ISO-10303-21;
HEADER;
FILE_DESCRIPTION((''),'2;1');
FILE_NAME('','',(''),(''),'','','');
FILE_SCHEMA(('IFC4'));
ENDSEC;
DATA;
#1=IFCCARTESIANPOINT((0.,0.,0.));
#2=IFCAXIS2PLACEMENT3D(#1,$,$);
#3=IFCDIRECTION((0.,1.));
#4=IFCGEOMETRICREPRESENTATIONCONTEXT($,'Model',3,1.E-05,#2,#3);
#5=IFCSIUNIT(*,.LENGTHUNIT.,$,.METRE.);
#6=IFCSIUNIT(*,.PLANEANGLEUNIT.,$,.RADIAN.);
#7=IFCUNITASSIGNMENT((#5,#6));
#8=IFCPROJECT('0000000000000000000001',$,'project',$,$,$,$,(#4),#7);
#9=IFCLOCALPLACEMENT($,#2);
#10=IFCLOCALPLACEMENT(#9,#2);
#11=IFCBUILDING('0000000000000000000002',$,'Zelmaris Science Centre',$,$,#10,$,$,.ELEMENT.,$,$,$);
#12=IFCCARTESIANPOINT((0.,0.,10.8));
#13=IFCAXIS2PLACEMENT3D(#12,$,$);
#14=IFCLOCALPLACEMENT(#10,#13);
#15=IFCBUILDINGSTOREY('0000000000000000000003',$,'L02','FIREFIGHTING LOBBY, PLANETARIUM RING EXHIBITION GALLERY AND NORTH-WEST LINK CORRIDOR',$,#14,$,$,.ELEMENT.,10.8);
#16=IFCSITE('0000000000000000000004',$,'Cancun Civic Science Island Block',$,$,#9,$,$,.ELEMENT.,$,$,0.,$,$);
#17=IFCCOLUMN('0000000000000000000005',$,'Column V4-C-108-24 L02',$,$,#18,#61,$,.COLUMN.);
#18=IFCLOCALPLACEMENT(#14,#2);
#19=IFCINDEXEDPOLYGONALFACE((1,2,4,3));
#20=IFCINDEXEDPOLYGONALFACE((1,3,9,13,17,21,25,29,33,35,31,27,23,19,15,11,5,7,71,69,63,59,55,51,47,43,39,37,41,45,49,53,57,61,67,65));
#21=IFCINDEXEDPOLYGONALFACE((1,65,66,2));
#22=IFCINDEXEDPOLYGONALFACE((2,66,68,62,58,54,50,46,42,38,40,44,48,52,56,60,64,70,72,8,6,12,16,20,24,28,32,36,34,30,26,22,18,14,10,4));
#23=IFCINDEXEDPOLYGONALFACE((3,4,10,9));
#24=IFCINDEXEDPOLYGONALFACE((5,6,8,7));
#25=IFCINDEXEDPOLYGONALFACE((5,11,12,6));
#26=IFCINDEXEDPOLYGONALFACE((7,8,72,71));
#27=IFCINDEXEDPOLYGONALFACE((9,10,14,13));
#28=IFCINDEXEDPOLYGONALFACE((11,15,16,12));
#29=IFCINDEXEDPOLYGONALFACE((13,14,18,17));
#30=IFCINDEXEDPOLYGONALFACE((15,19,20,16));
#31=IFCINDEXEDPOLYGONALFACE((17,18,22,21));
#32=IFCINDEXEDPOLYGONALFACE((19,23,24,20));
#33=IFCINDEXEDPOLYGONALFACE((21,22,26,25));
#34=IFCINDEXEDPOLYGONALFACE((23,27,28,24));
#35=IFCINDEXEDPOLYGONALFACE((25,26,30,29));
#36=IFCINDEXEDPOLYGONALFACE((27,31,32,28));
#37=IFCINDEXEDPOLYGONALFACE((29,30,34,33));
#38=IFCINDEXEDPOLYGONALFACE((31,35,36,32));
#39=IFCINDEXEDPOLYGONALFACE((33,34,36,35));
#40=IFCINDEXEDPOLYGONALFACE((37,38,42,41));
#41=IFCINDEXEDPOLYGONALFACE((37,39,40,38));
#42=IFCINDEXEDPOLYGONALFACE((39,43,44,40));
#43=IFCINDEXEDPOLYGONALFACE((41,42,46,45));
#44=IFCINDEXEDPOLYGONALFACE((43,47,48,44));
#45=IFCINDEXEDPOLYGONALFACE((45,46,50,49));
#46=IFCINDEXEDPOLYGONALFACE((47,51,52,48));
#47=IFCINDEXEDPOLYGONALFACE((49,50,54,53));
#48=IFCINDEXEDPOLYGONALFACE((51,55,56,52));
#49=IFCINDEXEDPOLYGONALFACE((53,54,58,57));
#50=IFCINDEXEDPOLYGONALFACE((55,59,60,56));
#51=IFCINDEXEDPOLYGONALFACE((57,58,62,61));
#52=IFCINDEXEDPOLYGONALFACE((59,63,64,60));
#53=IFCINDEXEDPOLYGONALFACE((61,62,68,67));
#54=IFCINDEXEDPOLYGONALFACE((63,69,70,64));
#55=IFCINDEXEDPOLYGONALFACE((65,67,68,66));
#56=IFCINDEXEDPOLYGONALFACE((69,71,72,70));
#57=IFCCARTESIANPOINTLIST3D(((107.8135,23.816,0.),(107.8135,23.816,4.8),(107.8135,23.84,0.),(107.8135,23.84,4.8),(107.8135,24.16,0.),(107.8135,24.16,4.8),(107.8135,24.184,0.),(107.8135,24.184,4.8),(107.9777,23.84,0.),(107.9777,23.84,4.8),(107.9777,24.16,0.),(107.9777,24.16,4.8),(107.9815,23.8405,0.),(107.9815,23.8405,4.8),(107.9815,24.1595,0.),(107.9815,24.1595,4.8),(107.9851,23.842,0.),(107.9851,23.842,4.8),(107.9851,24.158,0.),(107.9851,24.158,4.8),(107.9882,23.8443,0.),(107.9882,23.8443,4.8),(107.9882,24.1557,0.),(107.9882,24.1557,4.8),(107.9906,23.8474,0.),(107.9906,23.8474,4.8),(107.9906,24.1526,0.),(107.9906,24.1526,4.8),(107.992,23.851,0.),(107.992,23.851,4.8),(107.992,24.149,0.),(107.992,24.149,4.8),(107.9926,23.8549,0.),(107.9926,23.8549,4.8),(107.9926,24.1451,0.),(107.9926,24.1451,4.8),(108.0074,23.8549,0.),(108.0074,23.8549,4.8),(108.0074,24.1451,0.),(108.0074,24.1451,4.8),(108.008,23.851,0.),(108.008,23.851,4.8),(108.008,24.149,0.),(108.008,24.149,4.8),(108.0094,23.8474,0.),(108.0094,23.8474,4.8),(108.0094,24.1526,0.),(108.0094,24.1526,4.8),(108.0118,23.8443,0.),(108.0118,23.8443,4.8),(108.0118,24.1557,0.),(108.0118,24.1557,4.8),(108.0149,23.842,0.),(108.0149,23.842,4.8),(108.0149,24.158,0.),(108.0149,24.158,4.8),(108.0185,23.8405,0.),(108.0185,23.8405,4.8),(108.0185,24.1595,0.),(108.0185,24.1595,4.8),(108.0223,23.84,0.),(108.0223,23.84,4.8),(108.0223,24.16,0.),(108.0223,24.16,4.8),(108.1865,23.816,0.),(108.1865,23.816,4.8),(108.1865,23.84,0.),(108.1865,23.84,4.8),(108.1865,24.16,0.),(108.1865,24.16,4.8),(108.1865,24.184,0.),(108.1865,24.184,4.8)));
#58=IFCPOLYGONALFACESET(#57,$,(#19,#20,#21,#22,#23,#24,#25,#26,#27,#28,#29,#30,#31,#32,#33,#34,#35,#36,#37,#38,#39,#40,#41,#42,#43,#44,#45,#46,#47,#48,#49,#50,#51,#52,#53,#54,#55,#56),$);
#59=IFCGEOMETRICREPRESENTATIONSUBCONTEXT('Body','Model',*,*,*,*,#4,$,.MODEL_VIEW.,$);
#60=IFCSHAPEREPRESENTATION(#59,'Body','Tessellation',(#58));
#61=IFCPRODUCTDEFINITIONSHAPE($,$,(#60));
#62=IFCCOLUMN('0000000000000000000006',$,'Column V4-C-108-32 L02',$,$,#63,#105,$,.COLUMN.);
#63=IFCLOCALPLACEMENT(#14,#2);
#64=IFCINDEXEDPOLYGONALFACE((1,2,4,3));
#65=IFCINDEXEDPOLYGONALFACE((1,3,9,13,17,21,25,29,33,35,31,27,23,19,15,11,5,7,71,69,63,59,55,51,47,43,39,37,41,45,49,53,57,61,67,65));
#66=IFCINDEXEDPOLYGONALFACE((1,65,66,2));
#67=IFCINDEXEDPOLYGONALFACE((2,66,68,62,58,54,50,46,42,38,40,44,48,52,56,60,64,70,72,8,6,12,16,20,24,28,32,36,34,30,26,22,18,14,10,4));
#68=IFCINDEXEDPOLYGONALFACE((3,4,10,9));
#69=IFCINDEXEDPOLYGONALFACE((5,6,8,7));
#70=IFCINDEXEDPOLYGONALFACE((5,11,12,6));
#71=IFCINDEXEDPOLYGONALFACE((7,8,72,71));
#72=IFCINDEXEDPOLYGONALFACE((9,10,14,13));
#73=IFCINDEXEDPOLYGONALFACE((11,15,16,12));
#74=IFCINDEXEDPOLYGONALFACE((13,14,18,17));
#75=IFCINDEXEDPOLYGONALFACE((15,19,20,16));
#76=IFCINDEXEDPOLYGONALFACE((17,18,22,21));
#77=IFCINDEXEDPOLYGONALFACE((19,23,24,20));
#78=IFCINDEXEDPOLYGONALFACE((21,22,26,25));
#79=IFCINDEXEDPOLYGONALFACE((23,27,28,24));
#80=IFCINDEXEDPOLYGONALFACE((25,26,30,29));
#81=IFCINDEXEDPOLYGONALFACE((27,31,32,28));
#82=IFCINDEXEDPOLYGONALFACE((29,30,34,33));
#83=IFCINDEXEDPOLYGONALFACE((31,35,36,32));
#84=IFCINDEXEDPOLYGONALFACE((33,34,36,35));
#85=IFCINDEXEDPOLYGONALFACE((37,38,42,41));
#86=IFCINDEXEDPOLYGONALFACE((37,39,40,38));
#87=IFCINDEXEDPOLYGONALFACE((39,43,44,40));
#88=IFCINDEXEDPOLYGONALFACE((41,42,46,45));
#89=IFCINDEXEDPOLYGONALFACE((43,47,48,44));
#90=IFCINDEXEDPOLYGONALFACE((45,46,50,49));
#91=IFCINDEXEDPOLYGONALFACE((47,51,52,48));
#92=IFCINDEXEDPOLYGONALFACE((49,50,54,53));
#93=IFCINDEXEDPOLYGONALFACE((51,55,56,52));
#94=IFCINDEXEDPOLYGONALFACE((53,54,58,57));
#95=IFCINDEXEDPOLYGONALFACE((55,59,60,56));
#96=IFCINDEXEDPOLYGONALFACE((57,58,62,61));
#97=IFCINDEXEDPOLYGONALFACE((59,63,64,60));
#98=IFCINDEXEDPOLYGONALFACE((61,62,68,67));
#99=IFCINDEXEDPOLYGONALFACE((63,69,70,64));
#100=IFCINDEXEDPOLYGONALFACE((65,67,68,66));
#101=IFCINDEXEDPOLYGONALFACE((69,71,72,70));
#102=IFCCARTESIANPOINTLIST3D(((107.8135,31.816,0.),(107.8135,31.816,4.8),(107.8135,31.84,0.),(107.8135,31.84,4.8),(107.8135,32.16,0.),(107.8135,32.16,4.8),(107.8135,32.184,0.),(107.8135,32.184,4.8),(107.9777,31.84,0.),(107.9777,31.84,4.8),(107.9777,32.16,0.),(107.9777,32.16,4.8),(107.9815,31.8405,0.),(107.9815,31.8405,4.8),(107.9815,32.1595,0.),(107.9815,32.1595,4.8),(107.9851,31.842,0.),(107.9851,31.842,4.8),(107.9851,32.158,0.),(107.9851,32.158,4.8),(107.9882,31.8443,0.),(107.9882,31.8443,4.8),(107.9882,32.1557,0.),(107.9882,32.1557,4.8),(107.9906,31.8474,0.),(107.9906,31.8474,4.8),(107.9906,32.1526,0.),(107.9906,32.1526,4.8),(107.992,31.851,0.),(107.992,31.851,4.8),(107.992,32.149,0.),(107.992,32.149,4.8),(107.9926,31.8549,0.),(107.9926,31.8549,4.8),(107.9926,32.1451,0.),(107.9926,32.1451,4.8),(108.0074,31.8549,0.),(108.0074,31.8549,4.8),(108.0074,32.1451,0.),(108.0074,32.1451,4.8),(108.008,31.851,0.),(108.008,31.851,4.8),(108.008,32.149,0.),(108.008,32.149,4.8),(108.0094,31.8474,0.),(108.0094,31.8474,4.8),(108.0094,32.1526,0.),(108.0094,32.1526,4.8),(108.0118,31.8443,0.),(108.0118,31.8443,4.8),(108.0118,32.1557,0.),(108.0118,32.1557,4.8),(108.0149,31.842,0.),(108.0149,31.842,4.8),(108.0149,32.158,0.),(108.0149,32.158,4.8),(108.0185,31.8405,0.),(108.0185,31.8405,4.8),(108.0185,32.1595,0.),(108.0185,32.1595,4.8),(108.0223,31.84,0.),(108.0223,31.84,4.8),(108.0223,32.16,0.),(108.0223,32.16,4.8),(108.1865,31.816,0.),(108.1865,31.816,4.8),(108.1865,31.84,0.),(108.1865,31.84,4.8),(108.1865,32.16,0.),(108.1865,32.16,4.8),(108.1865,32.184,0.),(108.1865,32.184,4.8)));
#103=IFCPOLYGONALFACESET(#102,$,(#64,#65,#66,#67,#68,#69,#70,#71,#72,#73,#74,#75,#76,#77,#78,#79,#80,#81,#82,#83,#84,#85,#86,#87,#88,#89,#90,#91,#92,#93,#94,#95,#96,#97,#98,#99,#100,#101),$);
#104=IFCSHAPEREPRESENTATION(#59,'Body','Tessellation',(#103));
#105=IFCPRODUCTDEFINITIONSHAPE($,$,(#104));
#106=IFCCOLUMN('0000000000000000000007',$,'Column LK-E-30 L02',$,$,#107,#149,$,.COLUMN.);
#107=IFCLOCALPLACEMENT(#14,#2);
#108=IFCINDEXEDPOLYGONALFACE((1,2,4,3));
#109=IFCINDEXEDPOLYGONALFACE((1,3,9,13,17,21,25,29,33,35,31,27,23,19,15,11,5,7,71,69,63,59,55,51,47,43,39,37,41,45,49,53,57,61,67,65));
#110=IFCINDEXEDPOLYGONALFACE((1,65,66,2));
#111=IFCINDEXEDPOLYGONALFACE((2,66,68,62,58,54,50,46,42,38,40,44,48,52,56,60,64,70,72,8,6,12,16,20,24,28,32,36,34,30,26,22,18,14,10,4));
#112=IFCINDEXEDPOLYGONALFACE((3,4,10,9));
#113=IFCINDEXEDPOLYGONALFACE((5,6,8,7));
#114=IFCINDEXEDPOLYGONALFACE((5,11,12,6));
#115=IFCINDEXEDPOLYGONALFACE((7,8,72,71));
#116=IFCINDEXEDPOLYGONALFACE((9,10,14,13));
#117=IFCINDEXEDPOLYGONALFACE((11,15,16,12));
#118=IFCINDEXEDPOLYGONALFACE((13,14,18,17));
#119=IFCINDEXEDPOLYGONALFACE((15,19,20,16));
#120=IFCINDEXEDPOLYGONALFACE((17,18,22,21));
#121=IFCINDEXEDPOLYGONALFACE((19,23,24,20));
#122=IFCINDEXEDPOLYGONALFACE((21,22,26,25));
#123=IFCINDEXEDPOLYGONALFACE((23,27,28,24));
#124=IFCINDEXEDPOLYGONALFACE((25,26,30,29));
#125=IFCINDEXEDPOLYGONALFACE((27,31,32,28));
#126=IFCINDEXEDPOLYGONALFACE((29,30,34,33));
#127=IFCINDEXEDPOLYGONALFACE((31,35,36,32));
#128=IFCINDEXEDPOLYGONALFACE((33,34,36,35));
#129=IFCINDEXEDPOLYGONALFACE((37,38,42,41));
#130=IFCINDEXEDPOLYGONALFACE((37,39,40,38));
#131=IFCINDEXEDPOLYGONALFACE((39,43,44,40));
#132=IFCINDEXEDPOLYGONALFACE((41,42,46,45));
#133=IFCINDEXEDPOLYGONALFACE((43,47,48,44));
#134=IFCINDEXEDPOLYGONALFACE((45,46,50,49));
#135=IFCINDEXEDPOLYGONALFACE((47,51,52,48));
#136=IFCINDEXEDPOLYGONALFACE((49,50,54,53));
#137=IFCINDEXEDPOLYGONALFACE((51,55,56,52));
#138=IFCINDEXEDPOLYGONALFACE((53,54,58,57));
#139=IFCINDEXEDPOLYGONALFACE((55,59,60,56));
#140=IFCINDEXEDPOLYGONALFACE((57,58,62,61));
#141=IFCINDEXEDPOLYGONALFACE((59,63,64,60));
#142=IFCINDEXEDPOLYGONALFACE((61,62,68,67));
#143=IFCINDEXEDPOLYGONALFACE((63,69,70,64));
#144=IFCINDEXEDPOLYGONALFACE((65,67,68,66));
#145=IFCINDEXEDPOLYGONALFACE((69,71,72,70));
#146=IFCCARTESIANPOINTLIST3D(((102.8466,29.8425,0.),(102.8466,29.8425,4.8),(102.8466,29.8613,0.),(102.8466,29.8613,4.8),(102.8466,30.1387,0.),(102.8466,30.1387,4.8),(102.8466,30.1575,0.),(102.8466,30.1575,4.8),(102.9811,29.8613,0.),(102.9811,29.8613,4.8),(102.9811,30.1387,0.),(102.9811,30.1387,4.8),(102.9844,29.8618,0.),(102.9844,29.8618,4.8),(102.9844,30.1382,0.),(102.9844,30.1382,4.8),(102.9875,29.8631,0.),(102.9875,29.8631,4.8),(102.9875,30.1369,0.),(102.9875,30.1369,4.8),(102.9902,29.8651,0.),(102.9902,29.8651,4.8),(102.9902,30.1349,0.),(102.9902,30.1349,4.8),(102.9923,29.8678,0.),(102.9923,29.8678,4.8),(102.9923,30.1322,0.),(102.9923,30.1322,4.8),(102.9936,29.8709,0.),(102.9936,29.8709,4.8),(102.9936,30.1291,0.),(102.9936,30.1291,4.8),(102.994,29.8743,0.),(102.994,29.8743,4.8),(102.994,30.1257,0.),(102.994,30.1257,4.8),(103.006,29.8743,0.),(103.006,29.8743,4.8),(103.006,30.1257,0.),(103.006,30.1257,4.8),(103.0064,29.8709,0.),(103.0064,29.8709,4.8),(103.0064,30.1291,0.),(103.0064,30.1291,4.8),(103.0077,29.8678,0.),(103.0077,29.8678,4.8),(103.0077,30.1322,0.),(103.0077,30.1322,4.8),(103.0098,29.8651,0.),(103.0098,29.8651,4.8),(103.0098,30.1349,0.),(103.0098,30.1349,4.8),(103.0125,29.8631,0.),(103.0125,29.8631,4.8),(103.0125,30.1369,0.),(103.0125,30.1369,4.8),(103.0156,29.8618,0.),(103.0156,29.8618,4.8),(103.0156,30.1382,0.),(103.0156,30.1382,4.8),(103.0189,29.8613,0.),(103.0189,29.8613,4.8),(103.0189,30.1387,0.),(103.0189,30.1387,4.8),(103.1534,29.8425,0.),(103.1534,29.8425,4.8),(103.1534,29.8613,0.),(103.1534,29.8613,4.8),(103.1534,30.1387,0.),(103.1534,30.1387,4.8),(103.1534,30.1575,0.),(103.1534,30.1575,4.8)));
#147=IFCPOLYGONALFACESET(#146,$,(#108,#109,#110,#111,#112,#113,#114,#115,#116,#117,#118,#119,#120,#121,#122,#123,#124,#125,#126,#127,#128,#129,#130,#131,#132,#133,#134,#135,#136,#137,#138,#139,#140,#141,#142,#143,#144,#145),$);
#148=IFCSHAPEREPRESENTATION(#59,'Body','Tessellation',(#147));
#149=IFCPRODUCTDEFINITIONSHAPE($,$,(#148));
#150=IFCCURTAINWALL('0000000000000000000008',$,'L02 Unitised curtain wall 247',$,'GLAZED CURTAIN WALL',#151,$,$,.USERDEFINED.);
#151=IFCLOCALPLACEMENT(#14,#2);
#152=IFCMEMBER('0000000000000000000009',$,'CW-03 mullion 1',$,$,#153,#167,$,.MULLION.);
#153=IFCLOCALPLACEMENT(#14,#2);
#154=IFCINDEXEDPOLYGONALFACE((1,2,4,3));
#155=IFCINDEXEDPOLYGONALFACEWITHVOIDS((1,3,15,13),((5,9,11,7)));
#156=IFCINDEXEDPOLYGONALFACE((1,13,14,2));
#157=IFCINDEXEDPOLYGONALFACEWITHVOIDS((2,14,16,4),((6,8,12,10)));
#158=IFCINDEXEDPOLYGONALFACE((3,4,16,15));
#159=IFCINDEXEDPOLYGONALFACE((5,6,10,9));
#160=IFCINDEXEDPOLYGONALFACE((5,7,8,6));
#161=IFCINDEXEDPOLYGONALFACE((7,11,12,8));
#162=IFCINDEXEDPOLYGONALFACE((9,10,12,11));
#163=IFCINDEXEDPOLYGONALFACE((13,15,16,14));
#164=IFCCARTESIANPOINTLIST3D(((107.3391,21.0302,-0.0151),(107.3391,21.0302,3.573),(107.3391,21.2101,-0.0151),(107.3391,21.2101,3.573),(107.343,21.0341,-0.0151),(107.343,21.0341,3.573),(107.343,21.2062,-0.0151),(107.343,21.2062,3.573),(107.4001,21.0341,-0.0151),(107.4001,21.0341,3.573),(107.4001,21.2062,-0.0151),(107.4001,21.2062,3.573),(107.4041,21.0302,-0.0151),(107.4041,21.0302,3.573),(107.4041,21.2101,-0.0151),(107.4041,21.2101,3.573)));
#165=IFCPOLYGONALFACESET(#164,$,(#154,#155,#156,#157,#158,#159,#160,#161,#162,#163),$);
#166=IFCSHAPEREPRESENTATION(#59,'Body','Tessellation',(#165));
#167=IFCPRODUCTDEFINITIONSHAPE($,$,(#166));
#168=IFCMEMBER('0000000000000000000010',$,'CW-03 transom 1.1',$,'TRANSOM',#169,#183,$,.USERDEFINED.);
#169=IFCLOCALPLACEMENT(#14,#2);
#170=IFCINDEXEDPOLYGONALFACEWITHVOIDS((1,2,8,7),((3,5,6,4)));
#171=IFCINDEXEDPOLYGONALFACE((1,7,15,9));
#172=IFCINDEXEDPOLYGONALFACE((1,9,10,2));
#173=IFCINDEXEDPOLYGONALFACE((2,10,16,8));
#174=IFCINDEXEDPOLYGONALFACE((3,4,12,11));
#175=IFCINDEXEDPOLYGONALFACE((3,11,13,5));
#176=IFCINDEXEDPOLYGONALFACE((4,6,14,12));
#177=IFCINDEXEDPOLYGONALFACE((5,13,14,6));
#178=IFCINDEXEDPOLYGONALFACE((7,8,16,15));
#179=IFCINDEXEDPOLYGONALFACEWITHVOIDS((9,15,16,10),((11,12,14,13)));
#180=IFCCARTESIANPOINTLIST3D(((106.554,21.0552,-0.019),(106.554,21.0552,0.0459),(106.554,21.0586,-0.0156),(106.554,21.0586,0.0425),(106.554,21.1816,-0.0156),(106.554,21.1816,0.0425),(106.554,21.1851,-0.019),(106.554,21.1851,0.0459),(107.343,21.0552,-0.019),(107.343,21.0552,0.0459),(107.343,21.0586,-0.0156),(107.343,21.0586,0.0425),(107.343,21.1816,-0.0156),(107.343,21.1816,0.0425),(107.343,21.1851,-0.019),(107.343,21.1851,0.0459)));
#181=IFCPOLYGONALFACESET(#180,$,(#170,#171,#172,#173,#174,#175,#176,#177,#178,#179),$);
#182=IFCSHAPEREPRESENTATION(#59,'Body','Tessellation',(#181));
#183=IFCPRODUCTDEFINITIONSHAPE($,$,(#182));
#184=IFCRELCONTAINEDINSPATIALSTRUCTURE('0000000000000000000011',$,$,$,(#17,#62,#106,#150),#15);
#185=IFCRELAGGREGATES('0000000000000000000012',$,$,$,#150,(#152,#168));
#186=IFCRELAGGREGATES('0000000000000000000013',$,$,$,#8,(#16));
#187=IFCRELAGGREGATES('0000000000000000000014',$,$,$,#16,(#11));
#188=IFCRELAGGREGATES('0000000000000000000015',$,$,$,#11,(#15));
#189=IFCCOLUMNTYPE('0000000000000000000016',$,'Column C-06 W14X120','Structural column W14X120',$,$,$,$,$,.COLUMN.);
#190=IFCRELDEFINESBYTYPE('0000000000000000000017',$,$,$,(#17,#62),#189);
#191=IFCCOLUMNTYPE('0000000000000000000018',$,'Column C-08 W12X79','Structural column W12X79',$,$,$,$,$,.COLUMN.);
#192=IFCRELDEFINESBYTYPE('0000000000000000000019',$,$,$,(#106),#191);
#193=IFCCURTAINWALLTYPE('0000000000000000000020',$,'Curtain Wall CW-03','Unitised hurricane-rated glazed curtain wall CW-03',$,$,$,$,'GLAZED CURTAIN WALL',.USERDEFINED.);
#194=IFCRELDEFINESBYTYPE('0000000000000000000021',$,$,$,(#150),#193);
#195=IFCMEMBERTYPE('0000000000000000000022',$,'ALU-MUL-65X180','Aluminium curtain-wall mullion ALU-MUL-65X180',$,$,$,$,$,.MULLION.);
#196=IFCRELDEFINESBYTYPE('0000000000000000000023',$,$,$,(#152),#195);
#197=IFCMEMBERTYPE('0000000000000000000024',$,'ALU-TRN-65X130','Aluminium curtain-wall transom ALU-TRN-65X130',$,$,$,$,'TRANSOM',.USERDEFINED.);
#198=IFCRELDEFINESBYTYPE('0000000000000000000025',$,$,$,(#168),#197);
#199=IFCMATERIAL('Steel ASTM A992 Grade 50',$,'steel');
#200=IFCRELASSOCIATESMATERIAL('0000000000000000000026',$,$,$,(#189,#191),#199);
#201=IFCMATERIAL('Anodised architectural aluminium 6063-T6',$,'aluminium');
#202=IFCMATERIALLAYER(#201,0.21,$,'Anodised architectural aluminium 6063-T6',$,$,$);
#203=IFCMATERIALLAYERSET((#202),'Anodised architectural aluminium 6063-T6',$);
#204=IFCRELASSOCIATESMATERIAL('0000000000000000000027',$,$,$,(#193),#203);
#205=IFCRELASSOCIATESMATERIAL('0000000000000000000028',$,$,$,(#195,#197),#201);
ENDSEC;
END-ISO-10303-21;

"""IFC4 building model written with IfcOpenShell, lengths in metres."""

from ifc_helpers import new_model, si_unit, direction, frame, origin, origin_2d, place, context, subcontext, project, spatial, hollow_rectangle, i_section, extrude, material, layer, layer_set, material_profile, profile_set, type_object, element, aggregate, save


model = new_model("IFC4")

# Units and contexts
model_context = context("Model", 3, precision=1e-05, world=origin(), true_north=direction((0.0, 1.0)))
body_context = subcontext(model_context, "Body", "Model", "MODEL_VIEW")
ifc_project = project(units=[si_unit("LENGTHUNIT", "METRE"), si_unit("PLANEANGLEUNIT", "RADIAN")], contexts=[model_context])

# Site, building, storey
site_placement = place(None, origin())
site = spatial("IfcSite", under=ifc_project, at=site_placement, Name="Cancun Civic Science Island Block", CompositionType="ELEMENT", RefElevation=0.0)
building_placement = place(site_placement, origin())
building = spatial("IfcBuilding", under=site, at=building_placement, Name="Zelmaris Science Centre", CompositionType="ELEMENT")
storey_placement = place(building_placement, frame((0.0, 0.0, 10.8)))
storey = spatial("IfcBuildingStorey", under=building, at=storey_placement, Name="L02", Description="FIREFIGHTING LOBBY, PLANETARIUM RING EXHIBITION GALLERY AND NORTH-WEST LINK CORRIDOR", CompositionType="ELEMENT", Elevation=10.8)

# Columns
ifc_material_1 = material(Name="Steel ASTM A992 Grade 50", Category="steel")
ifc_material_profile_1 = material_profile(ifc_material_1, i_section(OverallWidth=0.373, OverallDepth=0.3679, WebThickness=0.0149, FlangeThickness=0.0239, FilletRadius=0.0149, at=origin_2d()), Name="W14X120")
ifc_profile_set_1 = profile_set([ifc_material_profile_1], Name="Steel ASTM A992 Grade 50")
column_type_1 = type_object("IfcColumnType", Name="Column C-06 W14X120", Description="Structural column W14X120", PredefinedType="COLUMN", material=ifc_profile_set_1)
for number, where, z_axis, x_axis, name in (
    (1, (108.0, 24.0, 0.0), (0.0, 0.0, 1.0), (1.0, 0.0, 0.0), "Column V4-C-108-24 L02"),
    (2, (108.0, 32.0, 0.0), (0.0, 0.0, 1.0), (1.0, 0.0, 0.0), "Column V4-C-108-32 L02"),
):
    element("IfcColumn", number, at=place(storey_placement, frame(where, z_axis=z_axis, x_axis=x_axis)), inside=storey, type_object=column_type_1, Name=name, PredefinedType="COLUMN", context=body_context, shape_type="SweptSolid", body=[
        extrude(i_section(OverallWidth=0.373, OverallDepth=0.3679, WebThickness=0.0149, FlangeThickness=0.0239, FilletRadius=0.0149, at=origin_2d()), origin(), (0.0, 0.0, 1.0), 4.8),
    ])
ifc_material_profile_2 = material_profile(ifc_material_1, i_section(OverallWidth=0.3069, OverallDepth=0.3149, WebThickness=0.012, FlangeThickness=0.0188, FilletRadius=0.0129, at=origin_2d()), Name="W12X79")
ifc_profile_set_2 = profile_set([ifc_material_profile_2], Name="Steel ASTM A992 Grade 50")
column_type_2 = type_object("IfcColumnType", Name="Column C-08 W12X79", Description="Structural column W12X79", PredefinedType="COLUMN", material=ifc_profile_set_2)
column_placement = place(storey_placement, frame((103.0, 30.0, 0.0), z_axis=(0.0, 0.0, 1.0), x_axis=(1.0, 0.0, 0.0)))
element("IfcColumn", 3, at=column_placement, inside=storey, type_object=column_type_2, Name="Column LK-E-30 L02", PredefinedType="COLUMN", context=body_context, shape_type="SweptSolid", body=[
    extrude(i_section(OverallWidth=0.3069, OverallDepth=0.3149, WebThickness=0.012, FlangeThickness=0.0188, FilletRadius=0.0129, at=origin_2d()), origin(), (0.0, 0.0, 1.0), 4.8),
])

# Curtain wall, members
ifc_material_2 = material(Name="Anodised architectural aluminium 6063-T6", Category="aluminium")
ifc_layer_1 = layer(ifc_material_2, 0.21, Name="Anodised architectural aluminium 6063-T6")
ifc_layer_set_1 = layer_set([ifc_layer_1], Name="Anodised architectural aluminium 6063-T6")
curtain_wall_type = type_object("IfcCurtainWallType", Name="Curtain Wall CW-03", Description="Unitised hurricane-rated glazed curtain wall CW-03", ElementType="GLAZED CURTAIN WALL", PredefinedType="USERDEFINED", material=ifc_layer_set_1)
curtain_wall_placement = place(storey_placement, origin())
curtain_wall = element("IfcCurtainWall", 4, at=curtain_wall_placement, inside=storey, type_object=curtain_wall_type, Name="L02 Unitised curtain wall 247", ObjectType="GLAZED CURTAIN WALL", PredefinedType="USERDEFINED")
ifc_material_profile_3 = material_profile(ifc_material_2, hollow_rectangle(XDim=0.0649, YDim=0.1799, WallThickness=0.0039, at=origin_2d()), Name="ALU-MUL-65X180")
ifc_profile_set_3 = profile_set([ifc_material_profile_3], Name="Anodised architectural aluminium 6063-T6")
member_type_1 = type_object("IfcMemberType", Name="ALU-MUL-65X180", Description="Aluminium curtain-wall mullion ALU-MUL-65X180", PredefinedType="MULLION", material=ifc_profile_set_3)
member_1_placement = place(storey_placement, frame((107.3716, 21.1201, -0.0151), z_axis=(0.0, 0.0, 1.0), x_axis=(-1.0, 0.000005, 0.0)))
member_1 = element("IfcMember", 5, at=member_1_placement, type_object=member_type_1, Name="CW-03 mullion 1", PredefinedType="MULLION", context=body_context, shape_type="SweptSolid", body=[
    extrude(hollow_rectangle(XDim=0.0649, YDim=0.1799, WallThickness=0.0039, at=origin_2d()), origin(), (0.0, 0.0, 1.0), 3.5881),
])
ifc_material_profile_4 = material_profile(ifc_material_2, hollow_rectangle(XDim=0.0649, YDim=0.1299, WallThickness=0.0034, at=origin_2d()), Name="ALU-TRN-65X130")
ifc_profile_set_4 = profile_set([ifc_material_profile_4], Name="Anodised architectural aluminium 6063-T6")
member_type_2 = type_object("IfcMemberType", Name="ALU-TRN-65X130", Description="Aluminium curtain-wall transom ALU-TRN-65X130", ElementType="TRANSOM", PredefinedType="USERDEFINED", material=ifc_profile_set_4)
member_2_placement = place(storey_placement, frame((107.343, 21.1201, 0.0134), z_axis=(-1.0, 0.0, 0.0), x_axis=(0.0, 0.0, 1.0)))
member_2 = element("IfcMember", 6, at=member_2_placement, type_object=member_type_2, Name="CW-03 transom 1.1", ObjectType="TRANSOM", PredefinedType="USERDEFINED", context=body_context, shape_type="SweptSolid", body=[
    extrude(hollow_rectangle(XDim=0.0649, YDim=0.1299, WallThickness=0.0034, at=origin_2d()), origin(), (0.0, 0.0, 1.0), 0.7891),
])

aggregate(curtain_wall, [member_1, member_2])

save(model, "model.ifc")
